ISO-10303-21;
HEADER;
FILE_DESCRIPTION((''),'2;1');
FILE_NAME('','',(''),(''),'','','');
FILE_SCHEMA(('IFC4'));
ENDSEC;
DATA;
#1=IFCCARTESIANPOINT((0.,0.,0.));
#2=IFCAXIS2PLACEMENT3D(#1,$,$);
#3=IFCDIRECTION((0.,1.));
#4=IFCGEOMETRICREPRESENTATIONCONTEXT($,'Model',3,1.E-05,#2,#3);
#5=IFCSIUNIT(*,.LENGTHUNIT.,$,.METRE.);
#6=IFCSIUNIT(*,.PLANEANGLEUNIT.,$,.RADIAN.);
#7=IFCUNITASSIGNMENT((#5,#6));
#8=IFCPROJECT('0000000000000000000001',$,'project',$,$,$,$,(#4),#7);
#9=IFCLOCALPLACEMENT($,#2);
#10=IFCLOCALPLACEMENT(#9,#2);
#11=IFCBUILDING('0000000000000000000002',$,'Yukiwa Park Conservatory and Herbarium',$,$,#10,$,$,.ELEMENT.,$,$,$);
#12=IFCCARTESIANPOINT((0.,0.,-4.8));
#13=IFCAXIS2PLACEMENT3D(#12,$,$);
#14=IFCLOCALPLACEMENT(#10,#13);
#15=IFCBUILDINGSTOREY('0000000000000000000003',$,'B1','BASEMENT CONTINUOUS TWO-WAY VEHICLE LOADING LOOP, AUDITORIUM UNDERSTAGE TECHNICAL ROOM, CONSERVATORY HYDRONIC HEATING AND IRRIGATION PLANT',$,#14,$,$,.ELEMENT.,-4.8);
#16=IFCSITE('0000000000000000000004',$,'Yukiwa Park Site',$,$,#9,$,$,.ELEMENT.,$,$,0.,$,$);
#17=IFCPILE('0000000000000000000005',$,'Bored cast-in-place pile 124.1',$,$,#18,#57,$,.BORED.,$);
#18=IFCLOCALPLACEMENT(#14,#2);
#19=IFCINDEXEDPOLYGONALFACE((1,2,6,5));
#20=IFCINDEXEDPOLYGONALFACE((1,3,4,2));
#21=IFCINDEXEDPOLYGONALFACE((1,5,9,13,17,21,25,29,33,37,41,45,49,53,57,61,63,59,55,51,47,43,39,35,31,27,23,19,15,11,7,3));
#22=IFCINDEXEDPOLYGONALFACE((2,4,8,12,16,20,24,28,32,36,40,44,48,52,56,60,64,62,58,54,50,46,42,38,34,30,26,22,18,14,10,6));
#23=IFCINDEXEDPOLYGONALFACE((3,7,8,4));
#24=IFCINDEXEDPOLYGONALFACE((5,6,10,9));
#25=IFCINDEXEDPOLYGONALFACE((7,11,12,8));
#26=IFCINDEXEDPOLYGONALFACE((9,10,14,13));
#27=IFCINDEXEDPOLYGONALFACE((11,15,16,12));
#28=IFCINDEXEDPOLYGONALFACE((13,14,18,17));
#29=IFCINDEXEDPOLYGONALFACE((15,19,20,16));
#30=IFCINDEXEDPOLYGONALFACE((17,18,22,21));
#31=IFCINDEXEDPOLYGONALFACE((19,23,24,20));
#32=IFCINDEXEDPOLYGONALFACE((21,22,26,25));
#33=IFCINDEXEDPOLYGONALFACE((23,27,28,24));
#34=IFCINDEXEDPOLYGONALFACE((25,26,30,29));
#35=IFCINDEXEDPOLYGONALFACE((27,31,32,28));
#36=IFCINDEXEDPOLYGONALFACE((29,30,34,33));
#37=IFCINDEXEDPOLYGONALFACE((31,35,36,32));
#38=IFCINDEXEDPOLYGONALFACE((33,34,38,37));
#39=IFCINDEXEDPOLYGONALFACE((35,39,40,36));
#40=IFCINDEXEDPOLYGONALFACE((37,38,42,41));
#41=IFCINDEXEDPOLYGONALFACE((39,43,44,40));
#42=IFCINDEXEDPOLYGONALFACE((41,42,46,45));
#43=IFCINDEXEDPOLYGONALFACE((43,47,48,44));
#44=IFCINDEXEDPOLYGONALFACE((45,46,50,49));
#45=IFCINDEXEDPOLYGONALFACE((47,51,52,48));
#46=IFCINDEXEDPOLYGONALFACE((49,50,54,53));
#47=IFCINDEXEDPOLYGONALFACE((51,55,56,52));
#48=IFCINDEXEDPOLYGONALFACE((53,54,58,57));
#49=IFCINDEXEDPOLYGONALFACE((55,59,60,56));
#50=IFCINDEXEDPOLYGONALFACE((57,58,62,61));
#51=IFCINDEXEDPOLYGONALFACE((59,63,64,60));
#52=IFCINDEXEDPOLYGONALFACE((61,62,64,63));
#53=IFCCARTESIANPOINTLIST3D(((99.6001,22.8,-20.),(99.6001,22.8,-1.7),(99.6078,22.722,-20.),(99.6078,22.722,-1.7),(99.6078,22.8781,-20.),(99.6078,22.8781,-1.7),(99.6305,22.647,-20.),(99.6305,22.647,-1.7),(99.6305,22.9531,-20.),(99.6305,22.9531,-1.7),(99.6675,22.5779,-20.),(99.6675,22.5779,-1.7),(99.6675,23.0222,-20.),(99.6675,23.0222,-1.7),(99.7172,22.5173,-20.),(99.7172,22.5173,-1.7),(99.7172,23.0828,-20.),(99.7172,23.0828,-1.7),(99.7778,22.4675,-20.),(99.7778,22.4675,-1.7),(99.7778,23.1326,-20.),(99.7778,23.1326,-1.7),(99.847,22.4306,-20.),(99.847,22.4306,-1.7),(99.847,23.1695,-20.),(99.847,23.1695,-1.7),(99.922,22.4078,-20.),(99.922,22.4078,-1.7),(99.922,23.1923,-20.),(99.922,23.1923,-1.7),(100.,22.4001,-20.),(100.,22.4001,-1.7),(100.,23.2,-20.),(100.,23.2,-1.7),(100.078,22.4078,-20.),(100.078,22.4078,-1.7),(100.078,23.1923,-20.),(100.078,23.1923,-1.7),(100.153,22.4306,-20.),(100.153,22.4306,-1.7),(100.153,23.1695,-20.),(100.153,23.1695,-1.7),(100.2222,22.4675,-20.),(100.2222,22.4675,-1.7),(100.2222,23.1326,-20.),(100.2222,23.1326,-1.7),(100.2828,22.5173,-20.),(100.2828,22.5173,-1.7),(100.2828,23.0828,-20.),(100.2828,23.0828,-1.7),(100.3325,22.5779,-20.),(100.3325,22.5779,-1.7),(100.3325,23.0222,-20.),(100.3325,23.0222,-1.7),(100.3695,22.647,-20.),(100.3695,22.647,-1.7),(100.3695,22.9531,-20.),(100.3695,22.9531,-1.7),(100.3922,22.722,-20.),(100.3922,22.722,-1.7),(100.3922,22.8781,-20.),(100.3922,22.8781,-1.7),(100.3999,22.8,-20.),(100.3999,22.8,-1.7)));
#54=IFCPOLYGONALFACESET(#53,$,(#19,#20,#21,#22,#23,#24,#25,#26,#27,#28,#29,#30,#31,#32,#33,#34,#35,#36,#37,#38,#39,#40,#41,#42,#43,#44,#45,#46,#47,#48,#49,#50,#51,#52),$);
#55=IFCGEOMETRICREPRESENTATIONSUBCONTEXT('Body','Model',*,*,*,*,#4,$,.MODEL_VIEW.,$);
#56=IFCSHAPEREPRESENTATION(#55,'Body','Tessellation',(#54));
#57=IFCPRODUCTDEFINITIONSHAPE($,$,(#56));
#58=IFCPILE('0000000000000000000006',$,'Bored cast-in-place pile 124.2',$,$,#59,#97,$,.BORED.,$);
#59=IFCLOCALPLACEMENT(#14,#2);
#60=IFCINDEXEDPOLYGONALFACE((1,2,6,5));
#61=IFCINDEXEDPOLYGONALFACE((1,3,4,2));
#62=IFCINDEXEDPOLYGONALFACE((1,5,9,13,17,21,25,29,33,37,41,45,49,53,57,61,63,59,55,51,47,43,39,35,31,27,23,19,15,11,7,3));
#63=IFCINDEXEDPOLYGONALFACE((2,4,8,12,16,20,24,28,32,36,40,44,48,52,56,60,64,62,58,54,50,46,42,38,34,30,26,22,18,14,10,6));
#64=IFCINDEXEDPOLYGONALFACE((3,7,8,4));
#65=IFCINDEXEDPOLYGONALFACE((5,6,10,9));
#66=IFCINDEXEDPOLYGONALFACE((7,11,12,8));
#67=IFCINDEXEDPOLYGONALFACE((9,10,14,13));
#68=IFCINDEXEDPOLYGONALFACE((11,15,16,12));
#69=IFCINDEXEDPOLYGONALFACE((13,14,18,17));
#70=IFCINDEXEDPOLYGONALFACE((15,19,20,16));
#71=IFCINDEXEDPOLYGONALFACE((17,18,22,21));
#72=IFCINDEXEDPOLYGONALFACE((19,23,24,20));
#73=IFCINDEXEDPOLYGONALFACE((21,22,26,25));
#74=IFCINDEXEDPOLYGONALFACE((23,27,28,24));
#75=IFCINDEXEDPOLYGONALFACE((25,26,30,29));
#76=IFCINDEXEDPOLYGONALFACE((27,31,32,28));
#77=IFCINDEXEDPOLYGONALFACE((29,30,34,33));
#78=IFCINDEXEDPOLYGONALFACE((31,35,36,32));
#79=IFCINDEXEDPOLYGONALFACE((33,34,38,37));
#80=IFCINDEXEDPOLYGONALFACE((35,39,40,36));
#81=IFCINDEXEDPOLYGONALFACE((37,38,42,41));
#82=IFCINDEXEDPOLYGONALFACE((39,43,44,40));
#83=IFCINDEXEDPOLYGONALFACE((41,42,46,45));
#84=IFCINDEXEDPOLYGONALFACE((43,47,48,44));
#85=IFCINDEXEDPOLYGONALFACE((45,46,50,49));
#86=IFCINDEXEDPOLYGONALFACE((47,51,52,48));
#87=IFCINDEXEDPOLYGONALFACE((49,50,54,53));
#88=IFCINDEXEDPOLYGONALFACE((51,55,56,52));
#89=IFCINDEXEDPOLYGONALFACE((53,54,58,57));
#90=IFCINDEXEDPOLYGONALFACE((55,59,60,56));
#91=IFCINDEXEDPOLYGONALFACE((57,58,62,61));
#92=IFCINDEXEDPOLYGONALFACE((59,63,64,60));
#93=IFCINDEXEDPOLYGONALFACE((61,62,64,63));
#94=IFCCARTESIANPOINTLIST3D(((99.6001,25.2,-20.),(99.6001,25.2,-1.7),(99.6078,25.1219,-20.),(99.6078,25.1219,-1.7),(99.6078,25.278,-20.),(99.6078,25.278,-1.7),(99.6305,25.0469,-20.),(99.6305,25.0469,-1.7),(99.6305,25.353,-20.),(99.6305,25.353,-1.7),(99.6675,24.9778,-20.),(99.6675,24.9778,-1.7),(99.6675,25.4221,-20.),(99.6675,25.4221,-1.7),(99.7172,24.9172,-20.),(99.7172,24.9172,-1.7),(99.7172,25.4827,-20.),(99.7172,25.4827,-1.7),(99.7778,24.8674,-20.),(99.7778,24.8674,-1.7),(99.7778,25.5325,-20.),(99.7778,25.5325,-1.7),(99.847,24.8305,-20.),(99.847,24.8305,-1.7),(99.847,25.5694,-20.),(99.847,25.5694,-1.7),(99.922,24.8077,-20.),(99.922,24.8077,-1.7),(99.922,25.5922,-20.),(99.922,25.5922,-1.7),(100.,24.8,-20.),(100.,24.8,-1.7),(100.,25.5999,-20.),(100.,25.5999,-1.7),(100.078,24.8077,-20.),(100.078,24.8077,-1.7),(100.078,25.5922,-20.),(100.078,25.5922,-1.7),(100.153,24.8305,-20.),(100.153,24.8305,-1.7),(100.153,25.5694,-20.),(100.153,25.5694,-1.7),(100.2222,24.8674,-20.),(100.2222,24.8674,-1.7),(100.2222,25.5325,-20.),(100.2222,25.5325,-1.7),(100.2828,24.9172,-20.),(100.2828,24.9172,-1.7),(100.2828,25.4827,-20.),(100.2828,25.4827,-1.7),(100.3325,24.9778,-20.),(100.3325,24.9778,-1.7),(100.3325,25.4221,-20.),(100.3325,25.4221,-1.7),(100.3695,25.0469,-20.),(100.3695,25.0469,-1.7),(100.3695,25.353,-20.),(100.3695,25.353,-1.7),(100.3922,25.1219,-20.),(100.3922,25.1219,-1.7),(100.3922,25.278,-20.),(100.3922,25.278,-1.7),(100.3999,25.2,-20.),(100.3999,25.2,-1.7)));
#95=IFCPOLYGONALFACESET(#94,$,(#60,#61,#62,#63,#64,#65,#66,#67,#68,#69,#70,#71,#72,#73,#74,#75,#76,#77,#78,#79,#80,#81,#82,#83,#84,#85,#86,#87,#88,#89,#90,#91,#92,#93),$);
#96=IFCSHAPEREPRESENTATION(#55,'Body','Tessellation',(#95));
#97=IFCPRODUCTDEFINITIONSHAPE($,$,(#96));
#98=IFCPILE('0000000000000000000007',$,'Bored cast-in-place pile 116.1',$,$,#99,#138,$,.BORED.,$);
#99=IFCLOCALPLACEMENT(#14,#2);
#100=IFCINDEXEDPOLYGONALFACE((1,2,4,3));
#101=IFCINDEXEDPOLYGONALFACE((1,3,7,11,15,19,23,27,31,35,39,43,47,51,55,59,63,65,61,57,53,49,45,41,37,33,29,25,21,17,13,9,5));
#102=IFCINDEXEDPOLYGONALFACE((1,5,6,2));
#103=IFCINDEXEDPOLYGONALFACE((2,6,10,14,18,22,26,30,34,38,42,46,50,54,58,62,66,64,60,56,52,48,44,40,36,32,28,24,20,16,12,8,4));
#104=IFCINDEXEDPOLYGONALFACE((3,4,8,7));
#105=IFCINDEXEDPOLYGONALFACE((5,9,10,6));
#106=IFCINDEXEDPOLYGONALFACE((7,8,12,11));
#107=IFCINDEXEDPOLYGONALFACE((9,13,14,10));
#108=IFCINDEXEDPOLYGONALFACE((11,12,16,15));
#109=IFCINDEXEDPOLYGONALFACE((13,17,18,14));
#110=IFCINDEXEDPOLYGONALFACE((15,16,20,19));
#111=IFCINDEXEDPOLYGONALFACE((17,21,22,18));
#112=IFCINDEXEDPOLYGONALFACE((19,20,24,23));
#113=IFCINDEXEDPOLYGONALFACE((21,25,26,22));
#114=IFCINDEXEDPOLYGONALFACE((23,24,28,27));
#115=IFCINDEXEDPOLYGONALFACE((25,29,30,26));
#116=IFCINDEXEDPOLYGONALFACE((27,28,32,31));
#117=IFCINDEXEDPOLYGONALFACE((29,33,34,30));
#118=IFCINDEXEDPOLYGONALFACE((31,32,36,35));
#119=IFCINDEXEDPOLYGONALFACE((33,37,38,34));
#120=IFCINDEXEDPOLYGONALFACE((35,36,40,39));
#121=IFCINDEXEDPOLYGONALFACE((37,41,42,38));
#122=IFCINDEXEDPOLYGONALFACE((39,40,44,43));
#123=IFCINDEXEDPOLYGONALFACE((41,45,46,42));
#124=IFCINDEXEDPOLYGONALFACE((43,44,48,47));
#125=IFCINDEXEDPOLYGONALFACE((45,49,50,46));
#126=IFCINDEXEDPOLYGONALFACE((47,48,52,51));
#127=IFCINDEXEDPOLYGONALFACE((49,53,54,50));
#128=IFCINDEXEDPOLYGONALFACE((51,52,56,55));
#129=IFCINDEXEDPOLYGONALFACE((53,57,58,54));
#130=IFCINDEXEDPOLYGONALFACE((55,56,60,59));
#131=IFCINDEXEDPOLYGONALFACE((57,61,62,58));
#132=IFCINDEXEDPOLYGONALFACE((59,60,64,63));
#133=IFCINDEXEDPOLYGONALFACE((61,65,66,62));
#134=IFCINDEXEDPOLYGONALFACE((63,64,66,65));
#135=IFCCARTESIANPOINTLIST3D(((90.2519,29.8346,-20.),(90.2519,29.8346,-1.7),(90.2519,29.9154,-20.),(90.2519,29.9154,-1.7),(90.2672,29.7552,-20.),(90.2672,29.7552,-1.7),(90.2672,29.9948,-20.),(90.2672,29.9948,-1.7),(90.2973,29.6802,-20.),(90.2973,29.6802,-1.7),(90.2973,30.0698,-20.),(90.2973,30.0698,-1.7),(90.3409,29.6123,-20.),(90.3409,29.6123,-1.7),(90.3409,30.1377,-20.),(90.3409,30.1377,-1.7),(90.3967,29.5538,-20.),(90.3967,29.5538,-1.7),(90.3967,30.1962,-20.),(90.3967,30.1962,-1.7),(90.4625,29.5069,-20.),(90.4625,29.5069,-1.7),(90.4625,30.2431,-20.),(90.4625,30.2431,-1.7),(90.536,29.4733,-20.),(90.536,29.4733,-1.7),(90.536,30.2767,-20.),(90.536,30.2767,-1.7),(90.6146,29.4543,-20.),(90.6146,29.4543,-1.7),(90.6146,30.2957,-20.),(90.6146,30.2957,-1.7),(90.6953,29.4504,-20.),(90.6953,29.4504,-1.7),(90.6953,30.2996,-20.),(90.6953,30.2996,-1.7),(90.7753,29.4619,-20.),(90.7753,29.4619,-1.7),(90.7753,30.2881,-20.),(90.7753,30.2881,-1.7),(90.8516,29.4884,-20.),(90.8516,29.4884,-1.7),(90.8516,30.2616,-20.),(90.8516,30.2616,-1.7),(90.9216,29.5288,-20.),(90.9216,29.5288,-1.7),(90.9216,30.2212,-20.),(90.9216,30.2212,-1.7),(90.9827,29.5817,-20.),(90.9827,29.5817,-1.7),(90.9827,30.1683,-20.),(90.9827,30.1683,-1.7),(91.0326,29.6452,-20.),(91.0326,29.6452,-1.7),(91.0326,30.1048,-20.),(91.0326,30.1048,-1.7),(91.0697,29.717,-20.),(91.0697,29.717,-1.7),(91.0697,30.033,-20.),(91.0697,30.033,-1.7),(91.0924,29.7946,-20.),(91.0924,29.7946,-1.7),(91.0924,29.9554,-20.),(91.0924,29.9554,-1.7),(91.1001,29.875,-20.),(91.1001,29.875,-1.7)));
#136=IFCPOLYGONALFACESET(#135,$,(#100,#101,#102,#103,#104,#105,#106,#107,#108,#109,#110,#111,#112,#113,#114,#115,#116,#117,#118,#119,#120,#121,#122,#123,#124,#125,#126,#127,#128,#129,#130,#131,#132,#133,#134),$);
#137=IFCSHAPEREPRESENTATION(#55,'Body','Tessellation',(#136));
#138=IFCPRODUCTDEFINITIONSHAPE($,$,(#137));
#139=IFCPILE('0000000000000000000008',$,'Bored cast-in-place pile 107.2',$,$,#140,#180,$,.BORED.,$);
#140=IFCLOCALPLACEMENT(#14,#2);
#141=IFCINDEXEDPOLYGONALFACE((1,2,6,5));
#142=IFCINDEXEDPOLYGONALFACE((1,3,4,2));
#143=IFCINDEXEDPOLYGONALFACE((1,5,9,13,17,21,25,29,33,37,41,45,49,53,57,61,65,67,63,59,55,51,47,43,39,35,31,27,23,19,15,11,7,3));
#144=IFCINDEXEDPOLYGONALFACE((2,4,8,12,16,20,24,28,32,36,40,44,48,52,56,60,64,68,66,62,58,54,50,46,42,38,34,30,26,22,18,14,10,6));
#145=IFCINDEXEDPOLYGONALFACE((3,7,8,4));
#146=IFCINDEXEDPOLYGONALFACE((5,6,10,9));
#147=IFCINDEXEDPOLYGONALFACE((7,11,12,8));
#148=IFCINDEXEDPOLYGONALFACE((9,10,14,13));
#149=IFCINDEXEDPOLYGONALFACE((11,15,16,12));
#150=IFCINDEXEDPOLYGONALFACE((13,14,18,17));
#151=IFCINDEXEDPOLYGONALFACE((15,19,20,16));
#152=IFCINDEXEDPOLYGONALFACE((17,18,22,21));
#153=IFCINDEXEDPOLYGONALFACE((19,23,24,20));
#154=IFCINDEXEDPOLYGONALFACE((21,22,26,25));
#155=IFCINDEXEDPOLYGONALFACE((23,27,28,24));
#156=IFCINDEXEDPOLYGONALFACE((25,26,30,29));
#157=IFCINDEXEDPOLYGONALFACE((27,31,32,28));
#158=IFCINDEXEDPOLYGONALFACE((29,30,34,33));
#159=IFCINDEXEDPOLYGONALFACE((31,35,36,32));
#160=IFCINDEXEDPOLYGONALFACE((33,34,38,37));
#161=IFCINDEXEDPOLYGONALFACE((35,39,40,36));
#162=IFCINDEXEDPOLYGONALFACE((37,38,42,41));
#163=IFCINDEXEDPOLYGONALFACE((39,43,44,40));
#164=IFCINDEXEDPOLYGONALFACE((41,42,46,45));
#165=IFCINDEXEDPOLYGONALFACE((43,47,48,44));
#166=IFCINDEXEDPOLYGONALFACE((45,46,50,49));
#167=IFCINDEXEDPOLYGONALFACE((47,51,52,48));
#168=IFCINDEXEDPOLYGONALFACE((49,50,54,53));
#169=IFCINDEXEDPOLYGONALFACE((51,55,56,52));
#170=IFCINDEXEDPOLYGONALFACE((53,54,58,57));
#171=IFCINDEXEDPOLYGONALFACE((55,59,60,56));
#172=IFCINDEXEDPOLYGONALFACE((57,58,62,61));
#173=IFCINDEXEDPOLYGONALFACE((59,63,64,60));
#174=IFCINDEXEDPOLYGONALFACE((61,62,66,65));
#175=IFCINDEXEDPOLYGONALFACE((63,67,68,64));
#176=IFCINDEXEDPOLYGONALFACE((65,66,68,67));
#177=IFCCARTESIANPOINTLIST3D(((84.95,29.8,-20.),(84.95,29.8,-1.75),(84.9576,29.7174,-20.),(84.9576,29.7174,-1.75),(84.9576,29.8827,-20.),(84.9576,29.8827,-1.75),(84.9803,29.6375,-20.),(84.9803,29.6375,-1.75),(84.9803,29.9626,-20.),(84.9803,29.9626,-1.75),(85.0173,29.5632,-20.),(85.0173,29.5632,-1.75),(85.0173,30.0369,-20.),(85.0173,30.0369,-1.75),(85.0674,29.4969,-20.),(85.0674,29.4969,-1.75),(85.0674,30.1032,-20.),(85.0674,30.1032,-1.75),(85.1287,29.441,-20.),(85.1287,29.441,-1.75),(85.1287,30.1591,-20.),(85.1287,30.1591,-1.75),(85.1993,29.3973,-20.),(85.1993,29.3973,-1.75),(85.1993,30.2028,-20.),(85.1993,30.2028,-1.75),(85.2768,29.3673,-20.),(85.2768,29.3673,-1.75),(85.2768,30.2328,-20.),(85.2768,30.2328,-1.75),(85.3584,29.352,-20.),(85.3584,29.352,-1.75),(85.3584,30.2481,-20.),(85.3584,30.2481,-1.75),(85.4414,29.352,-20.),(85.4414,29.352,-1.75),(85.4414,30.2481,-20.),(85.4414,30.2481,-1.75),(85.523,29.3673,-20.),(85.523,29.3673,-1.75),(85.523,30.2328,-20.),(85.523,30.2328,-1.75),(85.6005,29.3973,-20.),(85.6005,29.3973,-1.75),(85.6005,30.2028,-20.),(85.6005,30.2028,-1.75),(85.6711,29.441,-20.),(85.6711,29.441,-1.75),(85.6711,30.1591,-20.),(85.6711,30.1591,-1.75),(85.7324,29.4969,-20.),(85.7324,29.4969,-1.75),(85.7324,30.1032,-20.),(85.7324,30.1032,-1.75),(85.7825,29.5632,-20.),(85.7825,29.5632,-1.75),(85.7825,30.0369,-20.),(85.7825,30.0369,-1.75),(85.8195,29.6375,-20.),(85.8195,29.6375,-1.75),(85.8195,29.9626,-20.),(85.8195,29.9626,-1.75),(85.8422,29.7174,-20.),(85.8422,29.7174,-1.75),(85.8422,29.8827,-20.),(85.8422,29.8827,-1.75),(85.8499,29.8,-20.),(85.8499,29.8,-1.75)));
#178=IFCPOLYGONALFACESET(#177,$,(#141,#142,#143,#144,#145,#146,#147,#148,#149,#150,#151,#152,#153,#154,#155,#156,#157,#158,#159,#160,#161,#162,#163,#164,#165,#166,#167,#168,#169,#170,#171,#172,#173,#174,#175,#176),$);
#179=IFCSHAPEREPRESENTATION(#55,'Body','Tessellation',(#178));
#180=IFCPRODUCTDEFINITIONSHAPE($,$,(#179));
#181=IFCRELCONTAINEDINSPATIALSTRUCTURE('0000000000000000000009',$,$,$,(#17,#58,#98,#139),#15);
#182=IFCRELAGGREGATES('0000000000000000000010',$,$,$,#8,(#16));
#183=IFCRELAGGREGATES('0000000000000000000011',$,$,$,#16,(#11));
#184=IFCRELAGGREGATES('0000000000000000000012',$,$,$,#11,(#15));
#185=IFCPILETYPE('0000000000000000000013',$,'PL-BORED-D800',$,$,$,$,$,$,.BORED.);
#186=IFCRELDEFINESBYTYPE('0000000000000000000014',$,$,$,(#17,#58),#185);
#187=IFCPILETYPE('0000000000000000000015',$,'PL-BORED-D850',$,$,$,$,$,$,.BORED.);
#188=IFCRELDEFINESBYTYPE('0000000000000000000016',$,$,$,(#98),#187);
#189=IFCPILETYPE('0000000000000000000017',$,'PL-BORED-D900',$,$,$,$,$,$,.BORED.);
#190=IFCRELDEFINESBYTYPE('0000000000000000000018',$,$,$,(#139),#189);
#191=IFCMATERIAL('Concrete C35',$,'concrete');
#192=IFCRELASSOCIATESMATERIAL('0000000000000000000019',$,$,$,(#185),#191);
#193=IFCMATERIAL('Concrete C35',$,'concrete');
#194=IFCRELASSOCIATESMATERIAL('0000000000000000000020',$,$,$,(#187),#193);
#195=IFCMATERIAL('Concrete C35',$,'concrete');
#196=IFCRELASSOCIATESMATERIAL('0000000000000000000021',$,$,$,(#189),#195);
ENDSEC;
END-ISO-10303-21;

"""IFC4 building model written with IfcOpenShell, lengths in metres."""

from ifc_helpers import new_model, si_unit, direction, frame, origin, origin_2d, place, context, subcontext, project, spatial, circle, extrude, material, material_profile, profile_set, type_object, element, save


model = new_model("IFC4")

# Units and contexts
model_context = context("Model", 3, precision=1e-05, world=origin(), true_north=direction((0.0, 1.0)))
body_context = subcontext(model_context, "Body", "Model", "MODEL_VIEW")
ifc_project = project(units=[si_unit("LENGTHUNIT", "METRE"), si_unit("PLANEANGLEUNIT", "RADIAN")], contexts=[model_context])

# Site, building, storey
site_placement = place(None, origin())
site = spatial("IfcSite", under=ifc_project, at=site_placement, Name="Yukiwa Park Site", CompositionType="ELEMENT", RefElevation=0.0)
building_placement = place(site_placement, origin())
building = spatial("IfcBuilding", under=site, at=building_placement, Name="Yukiwa Park Conservatory and Herbarium", CompositionType="ELEMENT")
storey_placement = place(building_placement, frame((0.0, 0.0, -4.8)))
storey = spatial("IfcBuildingStorey", under=building, at=storey_placement, Name="B1", Description="BASEMENT CONTINUOUS TWO-WAY VEHICLE LOADING LOOP, AUDITORIUM UNDERSTAGE TECHNICAL ROOM, CONSERVATORY HYDRONIC HEATING AND IRRIGATION PLANT", CompositionType="ELEMENT", Elevation=-4.8)

# Piles
ifc_material_1 = material(Name="Concrete C35", Category="concrete")
ifc_material_profile_1 = material_profile(ifc_material_1, circle(Radius=0.3999, at=origin_2d()), Name="PILE D800")
ifc_profile_set_1 = profile_set([ifc_material_profile_1], Name="Concrete C35")
pile_type_1 = type_object("IfcPileType", Name="PL-BORED-D800", PredefinedType="BORED", material=ifc_profile_set_1)
for number, where, z_axis, x_axis, name in (
    (1, (100.0, 22.8, -1.7), (0.0, 0.0, -1.0), (1.0, 0.0, 0.0), "Bored cast-in-place pile 124.1"),
    (2, (100.0, 25.2, -1.7), (0.0, 0.0, -1.0), (1.0, 0.0, 0.0), "Bored cast-in-place pile 124.2"),
):
    element("IfcPile", number, at=place(storey_placement, frame(where, z_axis=z_axis, x_axis=x_axis)), inside=storey, type_object=pile_type_1, Name=name, PredefinedType="BORED", context=body_context, shape_type="SweptSolid", body=[
        extrude(circle(Radius=0.3999, at=origin_2d()), origin(), (0.0, 0.0, 1.0), 18.3),
    ])
ifc_material_2 = material(Name="Concrete C35", Category="concrete")
ifc_material_profile_2 = material_profile(ifc_material_2, circle(Radius=0.425, at=origin_2d()), Name="PILE D850")
ifc_profile_set_2 = profile_set([ifc_material_profile_2], Name="Concrete C35")
pile_type_2 = type_object("IfcPileType", Name="PL-BORED-D850", PredefinedType="BORED", material=ifc_profile_set_2)
pile_1_placement = place(storey_placement, frame((90.675, 29.875, -1.7), z_axis=(0.0, 0.0, -1.0), x_axis=(1.0, 0.0, 0.0)))
element("IfcPile", 3, at=pile_1_placement, inside=storey, type_object=pile_type_2, Name="Bored cast-in-place pile 116.1", PredefinedType="BORED", context=body_context, shape_type="SweptSolid", body=[
    extrude(circle(Radius=0.425, at=origin_2d()), origin(), (0.0, 0.0, 1.0), 18.3),
])
ifc_material_3 = material(Name="Concrete C35", Category="concrete")
ifc_material_profile_3 = material_profile(ifc_material_3, circle(Radius=0.45, at=origin_2d()), Name="PILE D900")
ifc_profile_set_3 = profile_set([ifc_material_profile_3], Name="Concrete C35")
pile_type_3 = type_object("IfcPileType", Name="PL-BORED-D900", PredefinedType="BORED", material=ifc_profile_set_3)
for number, where, z_axis, x_axis, name in (
    (4, (85.3999, 29.8, -1.75), (0.0, 0.0, -1.0), (1.0, 0.0, 0.0), "Bored cast-in-place pile 107.2"),
):
    element("IfcPile", number, at=place(storey_placement, frame(where, z_axis=z_axis, x_axis=x_axis)), inside=storey, type_object=pile_type_3, Name=name, PredefinedType="BORED", context=body_context, shape_type="SweptSolid", body=[
        extrude(circle(Radius=0.45, at=origin_2d()), origin(), (0.0, 0.0, 1.0), 18.25),
    ])

save(model, "model.ifc")
